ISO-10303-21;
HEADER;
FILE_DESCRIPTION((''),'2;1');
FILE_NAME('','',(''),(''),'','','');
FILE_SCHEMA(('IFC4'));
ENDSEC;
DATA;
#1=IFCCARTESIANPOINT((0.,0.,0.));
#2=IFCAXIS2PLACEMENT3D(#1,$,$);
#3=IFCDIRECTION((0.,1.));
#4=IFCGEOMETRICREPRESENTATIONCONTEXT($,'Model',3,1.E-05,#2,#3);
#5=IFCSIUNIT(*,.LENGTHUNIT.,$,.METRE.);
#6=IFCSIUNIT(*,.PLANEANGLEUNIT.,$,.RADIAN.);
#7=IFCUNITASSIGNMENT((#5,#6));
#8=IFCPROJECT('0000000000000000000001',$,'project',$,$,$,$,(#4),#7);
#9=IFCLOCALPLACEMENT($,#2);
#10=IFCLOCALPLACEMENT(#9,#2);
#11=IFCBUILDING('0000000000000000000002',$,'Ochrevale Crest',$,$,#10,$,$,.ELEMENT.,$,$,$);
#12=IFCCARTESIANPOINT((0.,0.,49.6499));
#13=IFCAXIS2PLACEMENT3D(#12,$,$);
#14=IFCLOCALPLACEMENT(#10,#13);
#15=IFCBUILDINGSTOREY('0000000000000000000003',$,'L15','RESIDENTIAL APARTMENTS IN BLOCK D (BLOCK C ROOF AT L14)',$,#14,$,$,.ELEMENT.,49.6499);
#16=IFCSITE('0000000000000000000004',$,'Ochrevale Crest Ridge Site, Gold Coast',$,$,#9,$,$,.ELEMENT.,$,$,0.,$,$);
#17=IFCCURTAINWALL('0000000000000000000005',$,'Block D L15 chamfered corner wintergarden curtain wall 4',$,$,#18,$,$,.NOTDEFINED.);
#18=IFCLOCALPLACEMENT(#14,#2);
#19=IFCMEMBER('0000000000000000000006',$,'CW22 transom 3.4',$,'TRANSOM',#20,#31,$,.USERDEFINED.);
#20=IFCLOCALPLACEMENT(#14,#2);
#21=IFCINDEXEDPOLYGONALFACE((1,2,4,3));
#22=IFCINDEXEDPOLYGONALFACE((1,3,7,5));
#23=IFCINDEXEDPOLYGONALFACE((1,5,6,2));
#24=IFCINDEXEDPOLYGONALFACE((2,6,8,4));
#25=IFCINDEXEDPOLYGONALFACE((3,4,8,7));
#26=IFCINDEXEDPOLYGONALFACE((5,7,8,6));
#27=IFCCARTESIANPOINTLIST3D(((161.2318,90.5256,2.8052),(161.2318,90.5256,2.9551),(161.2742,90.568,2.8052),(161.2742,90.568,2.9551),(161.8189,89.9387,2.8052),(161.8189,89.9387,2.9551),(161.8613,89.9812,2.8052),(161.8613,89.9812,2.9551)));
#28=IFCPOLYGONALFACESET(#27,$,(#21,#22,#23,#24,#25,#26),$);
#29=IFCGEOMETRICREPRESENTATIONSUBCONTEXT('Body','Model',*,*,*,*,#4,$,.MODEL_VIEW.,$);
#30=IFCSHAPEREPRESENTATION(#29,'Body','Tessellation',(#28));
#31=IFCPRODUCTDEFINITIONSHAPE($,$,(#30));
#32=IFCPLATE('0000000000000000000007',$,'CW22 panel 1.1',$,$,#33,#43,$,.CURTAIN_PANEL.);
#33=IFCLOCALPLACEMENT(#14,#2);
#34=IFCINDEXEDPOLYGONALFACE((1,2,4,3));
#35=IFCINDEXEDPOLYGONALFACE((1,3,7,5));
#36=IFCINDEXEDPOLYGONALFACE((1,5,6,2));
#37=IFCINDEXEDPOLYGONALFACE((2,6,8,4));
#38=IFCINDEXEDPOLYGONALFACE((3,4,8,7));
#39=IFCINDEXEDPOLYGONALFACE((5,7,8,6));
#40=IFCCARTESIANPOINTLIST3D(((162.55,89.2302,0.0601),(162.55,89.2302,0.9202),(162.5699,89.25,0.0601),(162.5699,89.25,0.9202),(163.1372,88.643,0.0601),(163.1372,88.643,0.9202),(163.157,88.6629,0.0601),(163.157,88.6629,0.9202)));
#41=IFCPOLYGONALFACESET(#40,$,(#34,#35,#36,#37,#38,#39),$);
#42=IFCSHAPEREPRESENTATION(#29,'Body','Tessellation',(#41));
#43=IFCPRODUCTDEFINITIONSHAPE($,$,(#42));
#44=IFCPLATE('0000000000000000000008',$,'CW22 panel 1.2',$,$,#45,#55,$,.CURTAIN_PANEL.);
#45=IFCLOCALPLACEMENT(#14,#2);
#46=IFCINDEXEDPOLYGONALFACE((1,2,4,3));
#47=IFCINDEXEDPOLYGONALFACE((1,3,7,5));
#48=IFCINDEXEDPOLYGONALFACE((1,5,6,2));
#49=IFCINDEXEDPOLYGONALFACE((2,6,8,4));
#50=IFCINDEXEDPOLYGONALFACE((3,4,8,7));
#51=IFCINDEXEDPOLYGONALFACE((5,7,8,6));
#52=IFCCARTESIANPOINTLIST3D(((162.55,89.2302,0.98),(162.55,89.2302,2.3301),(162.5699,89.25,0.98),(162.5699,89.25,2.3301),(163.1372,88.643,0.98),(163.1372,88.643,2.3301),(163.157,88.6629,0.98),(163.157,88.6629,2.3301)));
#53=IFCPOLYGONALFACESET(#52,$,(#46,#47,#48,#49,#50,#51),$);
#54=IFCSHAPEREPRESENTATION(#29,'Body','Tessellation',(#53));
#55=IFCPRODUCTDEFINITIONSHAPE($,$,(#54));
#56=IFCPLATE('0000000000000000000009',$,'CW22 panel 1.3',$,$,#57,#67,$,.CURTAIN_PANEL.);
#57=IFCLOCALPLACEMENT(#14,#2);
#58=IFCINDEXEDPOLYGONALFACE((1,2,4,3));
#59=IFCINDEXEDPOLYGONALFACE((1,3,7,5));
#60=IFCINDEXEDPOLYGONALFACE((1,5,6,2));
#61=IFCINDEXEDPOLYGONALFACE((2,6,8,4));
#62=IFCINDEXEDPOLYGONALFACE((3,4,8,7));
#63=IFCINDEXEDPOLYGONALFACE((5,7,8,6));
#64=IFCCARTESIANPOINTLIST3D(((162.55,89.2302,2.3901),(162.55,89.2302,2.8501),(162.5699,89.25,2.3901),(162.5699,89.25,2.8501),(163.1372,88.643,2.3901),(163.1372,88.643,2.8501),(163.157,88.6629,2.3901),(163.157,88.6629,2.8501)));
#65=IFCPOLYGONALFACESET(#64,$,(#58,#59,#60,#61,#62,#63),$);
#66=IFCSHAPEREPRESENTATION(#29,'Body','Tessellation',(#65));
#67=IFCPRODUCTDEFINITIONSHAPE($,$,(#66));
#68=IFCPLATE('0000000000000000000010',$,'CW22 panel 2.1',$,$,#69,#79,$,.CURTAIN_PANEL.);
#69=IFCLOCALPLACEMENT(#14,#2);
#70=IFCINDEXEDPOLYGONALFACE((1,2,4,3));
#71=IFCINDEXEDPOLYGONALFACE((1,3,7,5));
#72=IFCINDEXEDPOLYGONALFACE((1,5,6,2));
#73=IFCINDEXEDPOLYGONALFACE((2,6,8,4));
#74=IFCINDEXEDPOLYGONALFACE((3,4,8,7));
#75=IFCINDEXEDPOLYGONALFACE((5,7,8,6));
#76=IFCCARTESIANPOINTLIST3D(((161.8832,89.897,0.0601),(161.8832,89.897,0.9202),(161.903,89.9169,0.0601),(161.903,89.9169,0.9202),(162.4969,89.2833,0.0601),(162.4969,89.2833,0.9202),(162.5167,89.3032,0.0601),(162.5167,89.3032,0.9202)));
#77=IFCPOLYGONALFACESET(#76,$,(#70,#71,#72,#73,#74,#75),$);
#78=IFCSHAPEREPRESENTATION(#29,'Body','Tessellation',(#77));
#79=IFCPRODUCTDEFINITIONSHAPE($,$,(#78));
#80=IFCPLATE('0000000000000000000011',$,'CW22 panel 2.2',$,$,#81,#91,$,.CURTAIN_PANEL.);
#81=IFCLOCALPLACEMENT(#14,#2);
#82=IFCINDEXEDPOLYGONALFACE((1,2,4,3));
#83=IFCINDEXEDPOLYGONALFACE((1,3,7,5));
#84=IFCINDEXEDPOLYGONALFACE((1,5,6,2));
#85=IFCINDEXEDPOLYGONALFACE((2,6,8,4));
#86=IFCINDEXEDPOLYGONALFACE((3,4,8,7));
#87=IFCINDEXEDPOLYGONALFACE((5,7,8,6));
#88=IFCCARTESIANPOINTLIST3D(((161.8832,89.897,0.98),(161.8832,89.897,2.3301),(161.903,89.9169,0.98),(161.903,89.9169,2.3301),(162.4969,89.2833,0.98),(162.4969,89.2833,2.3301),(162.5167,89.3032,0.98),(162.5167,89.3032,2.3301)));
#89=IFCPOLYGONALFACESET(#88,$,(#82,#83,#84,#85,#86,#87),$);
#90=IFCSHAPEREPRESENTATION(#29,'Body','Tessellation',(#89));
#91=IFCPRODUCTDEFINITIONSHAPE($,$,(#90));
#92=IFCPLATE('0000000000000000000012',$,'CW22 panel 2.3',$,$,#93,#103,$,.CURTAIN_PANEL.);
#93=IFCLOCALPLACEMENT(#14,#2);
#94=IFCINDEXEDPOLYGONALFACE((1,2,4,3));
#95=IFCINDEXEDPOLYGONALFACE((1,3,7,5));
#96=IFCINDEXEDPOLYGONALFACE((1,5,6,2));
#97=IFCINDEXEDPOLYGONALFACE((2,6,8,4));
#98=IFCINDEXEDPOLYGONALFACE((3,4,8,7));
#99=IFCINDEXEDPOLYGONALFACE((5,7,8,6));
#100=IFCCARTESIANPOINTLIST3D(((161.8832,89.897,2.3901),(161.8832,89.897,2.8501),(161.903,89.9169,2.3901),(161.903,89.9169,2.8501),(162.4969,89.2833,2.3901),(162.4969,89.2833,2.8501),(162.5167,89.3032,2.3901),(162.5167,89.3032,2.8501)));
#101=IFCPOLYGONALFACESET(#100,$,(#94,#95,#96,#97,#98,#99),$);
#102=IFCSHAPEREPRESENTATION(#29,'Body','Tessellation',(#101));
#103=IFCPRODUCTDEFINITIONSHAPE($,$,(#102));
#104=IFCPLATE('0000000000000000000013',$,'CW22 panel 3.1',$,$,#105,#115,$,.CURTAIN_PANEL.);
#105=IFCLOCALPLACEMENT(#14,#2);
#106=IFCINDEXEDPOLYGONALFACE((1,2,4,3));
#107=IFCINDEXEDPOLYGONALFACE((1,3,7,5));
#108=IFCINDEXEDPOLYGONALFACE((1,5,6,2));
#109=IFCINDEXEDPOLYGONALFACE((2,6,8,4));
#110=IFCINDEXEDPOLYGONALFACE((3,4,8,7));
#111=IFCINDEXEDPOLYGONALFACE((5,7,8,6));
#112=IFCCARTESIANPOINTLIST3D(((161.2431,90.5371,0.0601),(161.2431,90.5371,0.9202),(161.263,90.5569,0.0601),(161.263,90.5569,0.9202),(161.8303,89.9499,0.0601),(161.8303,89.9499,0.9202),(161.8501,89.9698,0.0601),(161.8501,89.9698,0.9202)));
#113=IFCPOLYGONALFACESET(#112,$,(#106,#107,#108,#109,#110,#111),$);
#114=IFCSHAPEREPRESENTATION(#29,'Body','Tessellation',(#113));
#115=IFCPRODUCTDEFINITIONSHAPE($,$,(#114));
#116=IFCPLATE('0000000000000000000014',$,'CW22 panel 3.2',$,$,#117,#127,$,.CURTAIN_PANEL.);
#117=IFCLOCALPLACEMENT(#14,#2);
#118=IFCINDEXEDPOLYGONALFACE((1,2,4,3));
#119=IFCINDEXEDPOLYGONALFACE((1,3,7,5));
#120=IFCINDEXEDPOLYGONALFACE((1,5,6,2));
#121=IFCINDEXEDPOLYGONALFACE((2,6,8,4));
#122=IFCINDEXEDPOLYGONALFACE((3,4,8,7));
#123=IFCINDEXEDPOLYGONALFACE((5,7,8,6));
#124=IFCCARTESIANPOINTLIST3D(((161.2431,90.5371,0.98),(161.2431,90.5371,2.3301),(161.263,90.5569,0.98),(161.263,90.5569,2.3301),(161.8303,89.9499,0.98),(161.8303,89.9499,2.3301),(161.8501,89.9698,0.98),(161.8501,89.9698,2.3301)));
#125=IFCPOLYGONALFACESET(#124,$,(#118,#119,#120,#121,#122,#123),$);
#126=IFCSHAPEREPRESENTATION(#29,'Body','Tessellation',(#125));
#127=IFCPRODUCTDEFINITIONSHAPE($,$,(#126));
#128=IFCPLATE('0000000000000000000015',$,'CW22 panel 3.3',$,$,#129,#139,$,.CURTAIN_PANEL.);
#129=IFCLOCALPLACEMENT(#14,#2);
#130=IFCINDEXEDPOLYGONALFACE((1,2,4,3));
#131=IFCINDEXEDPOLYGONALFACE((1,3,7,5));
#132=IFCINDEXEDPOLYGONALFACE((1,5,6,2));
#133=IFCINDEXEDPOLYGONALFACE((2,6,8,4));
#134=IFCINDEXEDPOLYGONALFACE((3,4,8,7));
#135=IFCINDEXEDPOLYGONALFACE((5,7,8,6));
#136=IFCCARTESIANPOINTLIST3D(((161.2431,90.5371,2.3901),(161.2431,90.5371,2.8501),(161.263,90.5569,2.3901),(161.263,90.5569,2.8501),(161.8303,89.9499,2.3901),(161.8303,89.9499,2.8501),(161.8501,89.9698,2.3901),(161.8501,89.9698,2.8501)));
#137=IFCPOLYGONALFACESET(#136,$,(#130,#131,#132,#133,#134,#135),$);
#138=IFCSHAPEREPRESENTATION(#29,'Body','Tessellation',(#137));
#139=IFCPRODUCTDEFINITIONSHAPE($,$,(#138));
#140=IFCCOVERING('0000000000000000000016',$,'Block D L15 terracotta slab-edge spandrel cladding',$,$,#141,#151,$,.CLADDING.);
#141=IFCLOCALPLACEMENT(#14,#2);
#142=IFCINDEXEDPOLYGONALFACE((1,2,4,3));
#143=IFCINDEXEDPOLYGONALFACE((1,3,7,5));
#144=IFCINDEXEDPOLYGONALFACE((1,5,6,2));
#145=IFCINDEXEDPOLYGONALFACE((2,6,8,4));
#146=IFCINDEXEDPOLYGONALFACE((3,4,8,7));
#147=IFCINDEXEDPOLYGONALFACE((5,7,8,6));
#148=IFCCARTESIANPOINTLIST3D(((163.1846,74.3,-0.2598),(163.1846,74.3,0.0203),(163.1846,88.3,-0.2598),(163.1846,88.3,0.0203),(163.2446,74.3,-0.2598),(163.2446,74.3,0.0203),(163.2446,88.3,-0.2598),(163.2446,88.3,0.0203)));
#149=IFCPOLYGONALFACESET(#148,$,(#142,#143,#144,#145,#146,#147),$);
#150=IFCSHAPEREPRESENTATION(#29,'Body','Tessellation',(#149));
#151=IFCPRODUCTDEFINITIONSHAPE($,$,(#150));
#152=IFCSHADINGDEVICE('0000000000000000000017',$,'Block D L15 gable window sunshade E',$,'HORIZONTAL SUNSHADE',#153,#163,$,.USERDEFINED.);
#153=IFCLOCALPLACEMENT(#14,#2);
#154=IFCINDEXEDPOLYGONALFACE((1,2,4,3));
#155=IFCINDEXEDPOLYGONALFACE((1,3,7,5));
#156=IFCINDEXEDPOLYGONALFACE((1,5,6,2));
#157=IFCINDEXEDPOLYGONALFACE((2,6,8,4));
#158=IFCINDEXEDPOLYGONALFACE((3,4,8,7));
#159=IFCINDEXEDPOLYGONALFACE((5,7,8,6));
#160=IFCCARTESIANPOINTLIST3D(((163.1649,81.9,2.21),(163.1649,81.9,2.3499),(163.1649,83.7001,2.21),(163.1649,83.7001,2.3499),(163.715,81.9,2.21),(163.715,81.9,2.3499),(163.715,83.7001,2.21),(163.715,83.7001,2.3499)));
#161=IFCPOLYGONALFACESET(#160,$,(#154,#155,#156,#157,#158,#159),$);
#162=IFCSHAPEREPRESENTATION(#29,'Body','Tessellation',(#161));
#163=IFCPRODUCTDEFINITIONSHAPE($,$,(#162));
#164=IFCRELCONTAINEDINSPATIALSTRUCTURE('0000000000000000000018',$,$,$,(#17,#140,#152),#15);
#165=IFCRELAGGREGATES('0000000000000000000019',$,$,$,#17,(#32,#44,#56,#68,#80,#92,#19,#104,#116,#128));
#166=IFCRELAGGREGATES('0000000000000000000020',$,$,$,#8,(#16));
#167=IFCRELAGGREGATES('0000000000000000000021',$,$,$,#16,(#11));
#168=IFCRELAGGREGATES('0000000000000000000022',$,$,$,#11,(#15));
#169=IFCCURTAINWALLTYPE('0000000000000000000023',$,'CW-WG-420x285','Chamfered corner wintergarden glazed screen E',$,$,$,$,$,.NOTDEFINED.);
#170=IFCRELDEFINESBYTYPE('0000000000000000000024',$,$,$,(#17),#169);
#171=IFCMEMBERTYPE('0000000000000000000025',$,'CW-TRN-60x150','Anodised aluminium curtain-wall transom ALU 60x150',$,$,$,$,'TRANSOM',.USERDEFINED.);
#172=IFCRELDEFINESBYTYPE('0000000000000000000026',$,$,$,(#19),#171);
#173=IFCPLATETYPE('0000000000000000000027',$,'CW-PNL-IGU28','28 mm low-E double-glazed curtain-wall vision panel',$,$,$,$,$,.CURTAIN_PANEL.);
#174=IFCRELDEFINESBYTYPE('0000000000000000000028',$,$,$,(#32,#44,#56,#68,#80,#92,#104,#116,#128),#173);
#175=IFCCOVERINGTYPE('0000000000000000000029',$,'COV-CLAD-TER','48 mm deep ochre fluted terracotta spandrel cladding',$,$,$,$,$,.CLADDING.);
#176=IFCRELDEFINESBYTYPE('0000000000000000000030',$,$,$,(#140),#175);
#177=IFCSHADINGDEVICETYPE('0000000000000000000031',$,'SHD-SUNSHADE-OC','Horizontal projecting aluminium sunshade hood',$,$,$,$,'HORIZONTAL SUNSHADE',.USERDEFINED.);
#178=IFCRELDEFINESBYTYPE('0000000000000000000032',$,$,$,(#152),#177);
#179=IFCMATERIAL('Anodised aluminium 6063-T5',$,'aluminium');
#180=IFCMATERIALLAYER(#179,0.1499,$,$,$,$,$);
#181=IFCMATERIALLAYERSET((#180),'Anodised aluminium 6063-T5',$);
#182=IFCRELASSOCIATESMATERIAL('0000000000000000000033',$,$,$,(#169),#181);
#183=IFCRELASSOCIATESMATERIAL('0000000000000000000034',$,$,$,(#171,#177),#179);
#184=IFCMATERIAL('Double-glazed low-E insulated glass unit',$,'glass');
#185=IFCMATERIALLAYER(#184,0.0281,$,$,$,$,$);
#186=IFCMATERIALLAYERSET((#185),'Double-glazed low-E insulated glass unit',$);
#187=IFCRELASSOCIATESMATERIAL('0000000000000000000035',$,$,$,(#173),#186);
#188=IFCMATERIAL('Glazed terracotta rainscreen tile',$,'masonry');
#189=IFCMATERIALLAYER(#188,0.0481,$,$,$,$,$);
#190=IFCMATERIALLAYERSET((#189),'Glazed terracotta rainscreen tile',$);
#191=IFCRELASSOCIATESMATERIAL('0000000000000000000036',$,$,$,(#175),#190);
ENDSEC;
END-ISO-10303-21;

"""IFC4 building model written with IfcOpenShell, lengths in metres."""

from ifc_helpers import new_model, si_unit, direction, frame, origin, origin_2d, place, context, subcontext, project, spatial, rectangle, extrude, material, layer, layer_set, material_profile, profile_set, type_object, element, aggregate, save


model = new_model("IFC4")

# Units and contexts
model_context = context("Model", 3, precision=1e-05, world=origin(), true_north=direction((0.0, 1.0)))
body_context = subcontext(model_context, "Body", "Model", "MODEL_VIEW")
ifc_project = project(units=[si_unit("LENGTHUNIT", "METRE"), si_unit("PLANEANGLEUNIT", "RADIAN")], contexts=[model_context])

# Site, building, storey
site_placement = place(None, origin())
site = spatial("IfcSite", under=ifc_project, at=site_placement, Name="Ochrevale Crest Ridge Site, Gold Coast", CompositionType="ELEMENT", RefElevation=0.0)
building_placement = place(site_placement, origin())
building = spatial("IfcBuilding", under=site, at=building_placement, Name="Ochrevale Crest", CompositionType="ELEMENT")
storey_placement = place(building_placement, frame((0.0, 0.0, 49.6499)))
storey = spatial("IfcBuildingStorey", under=building, at=storey_placement, Name="L15", Description="RESIDENTIAL APARTMENTS IN BLOCK D (BLOCK C ROOF AT L14)", CompositionType="ELEMENT", Elevation=49.6499)

# Curtain wall, member, plates
ifc_material_1 = material(Name="Anodised aluminium 6063-T5", Category="aluminium")
ifc_layer_1 = layer(ifc_material_1, 0.1499)
ifc_layer_set_1 = layer_set([ifc_layer_1], Name="Anodised aluminium 6063-T5")
curtain_wall_type = type_object("IfcCurtainWallType", Name="CW-WG-420x285", Description="Chamfered corner wintergarden glazed screen E", PredefinedType="NOTDEFINED", material=ifc_layer_set_1)
curtain_wall_placement = place(storey_placement, origin())
curtain_wall = element("IfcCurtainWall", 1, at=curtain_wall_placement, inside=storey, type_object=curtain_wall_type, Name="Block D L15 chamfered corner wintergarden curtain wall 4", PredefinedType="NOTDEFINED")
ifc_material_profile_1 = material_profile(ifc_material_1, rectangle(XDim=0.0601, YDim=0.1499, at=origin_2d()), Name="ALU 60x150")
ifc_profile_set_1 = profile_set([ifc_material_profile_1], Name="Anodised aluminium 6063-T5")
member_type_1 = type_object("IfcMemberType", Name="CW-TRN-60x150", Description="Anodised aluminium curtain-wall transom ALU 60x150", ElementType="TRANSOM", PredefinedType="USERDEFINED", material=ifc_profile_set_1)
member_1_placement = place(storey_placement, frame((161.8401, 89.96, 2.8801), z_axis=(-0.707254, 0.70696, 0.0), x_axis=(-0.70696, -0.707254, 0.0)))
member_1 = element("IfcMember", 2, at=member_1_placement, type_object=member_type_1, Name="CW22 transom 3.4", ObjectType="TRANSOM", PredefinedType="USERDEFINED", context=body_context, shape_type="SweptSolid", body=[
    extrude(rectangle(XDim=0.0601, YDim=0.1499, at=origin_2d()), origin(), (0.0, 0.0, 1.0), 0.8301),
])
ifc_material_2 = material(Name="Double-glazed low-E insulated glass unit", Category="glass")
ifc_layer_2 = layer(ifc_material_2, 0.0281)
ifc_layer_set_2 = layer_set([ifc_layer_2], Name="Double-glazed low-E insulated glass unit")
plate_type = type_object("IfcPlateType", Name="CW-PNL-IGU28", Description="28 mm low-E double-glazed curtain-wall vision panel", PredefinedType="CURTAIN_PANEL", material=ifc_layer_set_2)
plate_1_placement = place(storey_placement, frame((162.8535, 88.9465, 0.0601), z_axis=(0.0, 0.0, 1.0), x_axis=(-0.707107, 0.707107, 0.0)))
plate_1 = element("IfcPlate", 3, at=plate_1_placement, type_object=plate_type, Name="CW22 panel 1.1", PredefinedType="CURTAIN_PANEL", context=body_context, shape_type="SweptSolid", body=[
    extrude(rectangle(XDim=0.8303, YDim=0.0281, at=origin_2d()), origin(), (0.0, 0.0, 1.0), 0.8601),
])
plate_2_placement = place(storey_placement, frame((162.8535, 88.9465, 0.98), z_axis=(0.0, 0.0, 1.0), x_axis=(-0.707107, 0.707107, 0.0)))
plate_2 = element("IfcPlate", 4, at=plate_2_placement, type_object=plate_type, Name="CW22 panel 1.2", PredefinedType="CURTAIN_PANEL", context=body_context, shape_type="SweptSolid", body=[
    extrude(rectangle(XDim=0.8303, YDim=0.0281, at=origin_2d()), origin(), (0.0, 0.0, 1.0), 1.3501),
])
plate_3_placement = place(storey_placement, frame((162.8535, 88.9465, 2.3901), z_axis=(0.0, 0.0, 1.0), x_axis=(-0.707107, 0.707107, 0.0)))
plate_3 = element("IfcPlate", 5, at=plate_3_placement, type_object=plate_type, Name="CW22 panel 1.3", PredefinedType="CURTAIN_PANEL", context=body_context, shape_type="SweptSolid", body=[
    extrude(rectangle(XDim=0.8303, YDim=0.0281, at=origin_2d()), origin(), (0.0, 0.0, 1.0), 0.46),
])
plate_4_placement = place(storey_placement, frame((162.2, 89.6001, 0.0601), z_axis=(0.0, 0.0, 1.0), x_axis=(-0.707107, 0.707107, 0.0)))
plate_4 = element("IfcPlate", 6, at=plate_4_placement, type_object=plate_type, Name="CW22 panel 2.1", PredefinedType="CURTAIN_PANEL", context=body_context, shape_type="SweptSolid", body=[
    extrude(rectangle(XDim=0.8679, YDim=0.0281, at=origin_2d()), origin(), (0.0, 0.0, 1.0), 0.8601),
])
plate_5_placement = place(storey_placement, frame((162.2, 89.6001, 0.98), z_axis=(0.0, 0.0, 1.0), x_axis=(-0.707107, 0.707107, 0.0)))
plate_5 = element("IfcPlate", 7, at=plate_5_placement, type_object=plate_type, Name="CW22 panel 2.2", PredefinedType="CURTAIN_PANEL", context=body_context, shape_type="SweptSolid", body=[
    extrude(rectangle(XDim=0.8679, YDim=0.0281, at=origin_2d()), origin(), (0.0, 0.0, 1.0), 1.3501),
])
plate_6_placement = place(storey_placement, frame((162.2, 89.6001, 2.3901), z_axis=(0.0, 0.0, 1.0), x_axis=(-0.707107, 0.707107, 0.0)))
plate_6 = element("IfcPlate", 8, at=plate_6_placement, type_object=plate_type, Name="CW22 panel 2.3", PredefinedType="CURTAIN_PANEL", context=body_context, shape_type="SweptSolid", body=[
    extrude(rectangle(XDim=0.8679, YDim=0.0281, at=origin_2d()), origin(), (0.0, 0.0, 1.0), 0.46),
])
plate_7_placement = place(storey_placement, frame((161.5466, 90.2534, 0.0601), z_axis=(0.0, 0.0, 1.0), x_axis=(-0.707107, 0.707107, 0.0)))
plate_7 = element("IfcPlate", 9, at=plate_7_placement, type_object=plate_type, Name="CW22 panel 3.1", PredefinedType="CURTAIN_PANEL", context=body_context, shape_type="SweptSolid", body=[
    extrude(rectangle(XDim=0.8303, YDim=0.0281, at=origin_2d()), origin(), (0.0, 0.0, 1.0), 0.8601),
])
plate_8_placement = place(storey_placement, frame((161.5466, 90.2534, 0.98), z_axis=(0.0, 0.0, 1.0), x_axis=(-0.707107, 0.707107, 0.0)))
plate_8 = element("IfcPlate", 10, at=plate_8_placement, type_object=plate_type, Name="CW22 panel 3.2", PredefinedType="CURTAIN_PANEL", context=body_context, shape_type="SweptSolid", body=[
    extrude(rectangle(XDim=0.8303, YDim=0.0281, at=origin_2d()), origin(), (0.0, 0.0, 1.0), 1.3501),
])
plate_9_placement = place(storey_placement, frame((161.5466, 90.2534, 2.3901), z_axis=(0.0, 0.0, 1.0), x_axis=(-0.707107, 0.707107, 0.0)))
plate_9 = element("IfcPlate", 11, at=plate_9_placement, type_object=plate_type, Name="CW22 panel 3.3", PredefinedType="CURTAIN_PANEL", context=body_context, shape_type="SweptSolid", body=[
    extrude(rectangle(XDim=0.8303, YDim=0.0281, at=origin_2d()), origin(), (0.0, 0.0, 1.0), 0.46),
])
aggregate(curtain_wall, [plate_1, plate_2, plate_3, plate_4, plate_5, plate_6, member_1, plate_7, plate_8, plate_9])

# Covering
ifc_material_3 = material(Name="Glazed terracotta rainscreen tile", Category="masonry")
ifc_layer_3 = layer(ifc_material_3, 0.0481)
ifc_layer_set_3 = layer_set([ifc_layer_3], Name="Glazed terracotta rainscreen tile")
covering_type = type_object("IfcCoveringType", Name="COV-CLAD-TER", Description="48 mm deep ochre fluted terracotta spandrel cladding", PredefinedType="CLADDING", material=ifc_layer_set_3)
covering_placement = place(storey_placement, frame((163.2146, 81.3, -0.2598), z_axis=(0.0, 0.0, 1.0), x_axis=(0.0, 1.0, 0.0)))
element("IfcCovering", 12, at=covering_placement, inside=storey, type_object=covering_type, Name="Block D L15 terracotta slab-edge spandrel cladding", PredefinedType="CLADDING", context=body_context, shape_type="SweptSolid", body=[
    extrude(rectangle(XDim=14.0, YDim=0.0601, at=origin_2d()), origin(), (0.0, 0.0, 1.0), 0.28),
])

# Shading device
shading_device_type = type_object("IfcShadingDeviceType", Name="SHD-SUNSHADE-OC", Description="Horizontal projecting aluminium sunshade hood", ElementType="HORIZONTAL SUNSHADE", PredefinedType="USERDEFINED", material=ifc_material_1)
shading_device_placement = place(storey_placement, frame((163.4399, 82.8, 2.21), z_axis=(0.0, 0.0, 1.0), x_axis=(1.0, 0.0, 0.0)))
element("IfcShadingDevice", 13, at=shading_device_placement, inside=storey, type_object=shading_device_type, Name="Block D L15 gable window sunshade E", ObjectType="HORIZONTAL SUNSHADE", PredefinedType="USERDEFINED", context=body_context, shape_type="SweptSolid", body=[
    extrude(rectangle(XDim=0.55, YDim=1.8, at=origin_2d()), origin(), (0.0, 0.0, 1.0), 0.1399),
])

save(model, "model.ifc")
